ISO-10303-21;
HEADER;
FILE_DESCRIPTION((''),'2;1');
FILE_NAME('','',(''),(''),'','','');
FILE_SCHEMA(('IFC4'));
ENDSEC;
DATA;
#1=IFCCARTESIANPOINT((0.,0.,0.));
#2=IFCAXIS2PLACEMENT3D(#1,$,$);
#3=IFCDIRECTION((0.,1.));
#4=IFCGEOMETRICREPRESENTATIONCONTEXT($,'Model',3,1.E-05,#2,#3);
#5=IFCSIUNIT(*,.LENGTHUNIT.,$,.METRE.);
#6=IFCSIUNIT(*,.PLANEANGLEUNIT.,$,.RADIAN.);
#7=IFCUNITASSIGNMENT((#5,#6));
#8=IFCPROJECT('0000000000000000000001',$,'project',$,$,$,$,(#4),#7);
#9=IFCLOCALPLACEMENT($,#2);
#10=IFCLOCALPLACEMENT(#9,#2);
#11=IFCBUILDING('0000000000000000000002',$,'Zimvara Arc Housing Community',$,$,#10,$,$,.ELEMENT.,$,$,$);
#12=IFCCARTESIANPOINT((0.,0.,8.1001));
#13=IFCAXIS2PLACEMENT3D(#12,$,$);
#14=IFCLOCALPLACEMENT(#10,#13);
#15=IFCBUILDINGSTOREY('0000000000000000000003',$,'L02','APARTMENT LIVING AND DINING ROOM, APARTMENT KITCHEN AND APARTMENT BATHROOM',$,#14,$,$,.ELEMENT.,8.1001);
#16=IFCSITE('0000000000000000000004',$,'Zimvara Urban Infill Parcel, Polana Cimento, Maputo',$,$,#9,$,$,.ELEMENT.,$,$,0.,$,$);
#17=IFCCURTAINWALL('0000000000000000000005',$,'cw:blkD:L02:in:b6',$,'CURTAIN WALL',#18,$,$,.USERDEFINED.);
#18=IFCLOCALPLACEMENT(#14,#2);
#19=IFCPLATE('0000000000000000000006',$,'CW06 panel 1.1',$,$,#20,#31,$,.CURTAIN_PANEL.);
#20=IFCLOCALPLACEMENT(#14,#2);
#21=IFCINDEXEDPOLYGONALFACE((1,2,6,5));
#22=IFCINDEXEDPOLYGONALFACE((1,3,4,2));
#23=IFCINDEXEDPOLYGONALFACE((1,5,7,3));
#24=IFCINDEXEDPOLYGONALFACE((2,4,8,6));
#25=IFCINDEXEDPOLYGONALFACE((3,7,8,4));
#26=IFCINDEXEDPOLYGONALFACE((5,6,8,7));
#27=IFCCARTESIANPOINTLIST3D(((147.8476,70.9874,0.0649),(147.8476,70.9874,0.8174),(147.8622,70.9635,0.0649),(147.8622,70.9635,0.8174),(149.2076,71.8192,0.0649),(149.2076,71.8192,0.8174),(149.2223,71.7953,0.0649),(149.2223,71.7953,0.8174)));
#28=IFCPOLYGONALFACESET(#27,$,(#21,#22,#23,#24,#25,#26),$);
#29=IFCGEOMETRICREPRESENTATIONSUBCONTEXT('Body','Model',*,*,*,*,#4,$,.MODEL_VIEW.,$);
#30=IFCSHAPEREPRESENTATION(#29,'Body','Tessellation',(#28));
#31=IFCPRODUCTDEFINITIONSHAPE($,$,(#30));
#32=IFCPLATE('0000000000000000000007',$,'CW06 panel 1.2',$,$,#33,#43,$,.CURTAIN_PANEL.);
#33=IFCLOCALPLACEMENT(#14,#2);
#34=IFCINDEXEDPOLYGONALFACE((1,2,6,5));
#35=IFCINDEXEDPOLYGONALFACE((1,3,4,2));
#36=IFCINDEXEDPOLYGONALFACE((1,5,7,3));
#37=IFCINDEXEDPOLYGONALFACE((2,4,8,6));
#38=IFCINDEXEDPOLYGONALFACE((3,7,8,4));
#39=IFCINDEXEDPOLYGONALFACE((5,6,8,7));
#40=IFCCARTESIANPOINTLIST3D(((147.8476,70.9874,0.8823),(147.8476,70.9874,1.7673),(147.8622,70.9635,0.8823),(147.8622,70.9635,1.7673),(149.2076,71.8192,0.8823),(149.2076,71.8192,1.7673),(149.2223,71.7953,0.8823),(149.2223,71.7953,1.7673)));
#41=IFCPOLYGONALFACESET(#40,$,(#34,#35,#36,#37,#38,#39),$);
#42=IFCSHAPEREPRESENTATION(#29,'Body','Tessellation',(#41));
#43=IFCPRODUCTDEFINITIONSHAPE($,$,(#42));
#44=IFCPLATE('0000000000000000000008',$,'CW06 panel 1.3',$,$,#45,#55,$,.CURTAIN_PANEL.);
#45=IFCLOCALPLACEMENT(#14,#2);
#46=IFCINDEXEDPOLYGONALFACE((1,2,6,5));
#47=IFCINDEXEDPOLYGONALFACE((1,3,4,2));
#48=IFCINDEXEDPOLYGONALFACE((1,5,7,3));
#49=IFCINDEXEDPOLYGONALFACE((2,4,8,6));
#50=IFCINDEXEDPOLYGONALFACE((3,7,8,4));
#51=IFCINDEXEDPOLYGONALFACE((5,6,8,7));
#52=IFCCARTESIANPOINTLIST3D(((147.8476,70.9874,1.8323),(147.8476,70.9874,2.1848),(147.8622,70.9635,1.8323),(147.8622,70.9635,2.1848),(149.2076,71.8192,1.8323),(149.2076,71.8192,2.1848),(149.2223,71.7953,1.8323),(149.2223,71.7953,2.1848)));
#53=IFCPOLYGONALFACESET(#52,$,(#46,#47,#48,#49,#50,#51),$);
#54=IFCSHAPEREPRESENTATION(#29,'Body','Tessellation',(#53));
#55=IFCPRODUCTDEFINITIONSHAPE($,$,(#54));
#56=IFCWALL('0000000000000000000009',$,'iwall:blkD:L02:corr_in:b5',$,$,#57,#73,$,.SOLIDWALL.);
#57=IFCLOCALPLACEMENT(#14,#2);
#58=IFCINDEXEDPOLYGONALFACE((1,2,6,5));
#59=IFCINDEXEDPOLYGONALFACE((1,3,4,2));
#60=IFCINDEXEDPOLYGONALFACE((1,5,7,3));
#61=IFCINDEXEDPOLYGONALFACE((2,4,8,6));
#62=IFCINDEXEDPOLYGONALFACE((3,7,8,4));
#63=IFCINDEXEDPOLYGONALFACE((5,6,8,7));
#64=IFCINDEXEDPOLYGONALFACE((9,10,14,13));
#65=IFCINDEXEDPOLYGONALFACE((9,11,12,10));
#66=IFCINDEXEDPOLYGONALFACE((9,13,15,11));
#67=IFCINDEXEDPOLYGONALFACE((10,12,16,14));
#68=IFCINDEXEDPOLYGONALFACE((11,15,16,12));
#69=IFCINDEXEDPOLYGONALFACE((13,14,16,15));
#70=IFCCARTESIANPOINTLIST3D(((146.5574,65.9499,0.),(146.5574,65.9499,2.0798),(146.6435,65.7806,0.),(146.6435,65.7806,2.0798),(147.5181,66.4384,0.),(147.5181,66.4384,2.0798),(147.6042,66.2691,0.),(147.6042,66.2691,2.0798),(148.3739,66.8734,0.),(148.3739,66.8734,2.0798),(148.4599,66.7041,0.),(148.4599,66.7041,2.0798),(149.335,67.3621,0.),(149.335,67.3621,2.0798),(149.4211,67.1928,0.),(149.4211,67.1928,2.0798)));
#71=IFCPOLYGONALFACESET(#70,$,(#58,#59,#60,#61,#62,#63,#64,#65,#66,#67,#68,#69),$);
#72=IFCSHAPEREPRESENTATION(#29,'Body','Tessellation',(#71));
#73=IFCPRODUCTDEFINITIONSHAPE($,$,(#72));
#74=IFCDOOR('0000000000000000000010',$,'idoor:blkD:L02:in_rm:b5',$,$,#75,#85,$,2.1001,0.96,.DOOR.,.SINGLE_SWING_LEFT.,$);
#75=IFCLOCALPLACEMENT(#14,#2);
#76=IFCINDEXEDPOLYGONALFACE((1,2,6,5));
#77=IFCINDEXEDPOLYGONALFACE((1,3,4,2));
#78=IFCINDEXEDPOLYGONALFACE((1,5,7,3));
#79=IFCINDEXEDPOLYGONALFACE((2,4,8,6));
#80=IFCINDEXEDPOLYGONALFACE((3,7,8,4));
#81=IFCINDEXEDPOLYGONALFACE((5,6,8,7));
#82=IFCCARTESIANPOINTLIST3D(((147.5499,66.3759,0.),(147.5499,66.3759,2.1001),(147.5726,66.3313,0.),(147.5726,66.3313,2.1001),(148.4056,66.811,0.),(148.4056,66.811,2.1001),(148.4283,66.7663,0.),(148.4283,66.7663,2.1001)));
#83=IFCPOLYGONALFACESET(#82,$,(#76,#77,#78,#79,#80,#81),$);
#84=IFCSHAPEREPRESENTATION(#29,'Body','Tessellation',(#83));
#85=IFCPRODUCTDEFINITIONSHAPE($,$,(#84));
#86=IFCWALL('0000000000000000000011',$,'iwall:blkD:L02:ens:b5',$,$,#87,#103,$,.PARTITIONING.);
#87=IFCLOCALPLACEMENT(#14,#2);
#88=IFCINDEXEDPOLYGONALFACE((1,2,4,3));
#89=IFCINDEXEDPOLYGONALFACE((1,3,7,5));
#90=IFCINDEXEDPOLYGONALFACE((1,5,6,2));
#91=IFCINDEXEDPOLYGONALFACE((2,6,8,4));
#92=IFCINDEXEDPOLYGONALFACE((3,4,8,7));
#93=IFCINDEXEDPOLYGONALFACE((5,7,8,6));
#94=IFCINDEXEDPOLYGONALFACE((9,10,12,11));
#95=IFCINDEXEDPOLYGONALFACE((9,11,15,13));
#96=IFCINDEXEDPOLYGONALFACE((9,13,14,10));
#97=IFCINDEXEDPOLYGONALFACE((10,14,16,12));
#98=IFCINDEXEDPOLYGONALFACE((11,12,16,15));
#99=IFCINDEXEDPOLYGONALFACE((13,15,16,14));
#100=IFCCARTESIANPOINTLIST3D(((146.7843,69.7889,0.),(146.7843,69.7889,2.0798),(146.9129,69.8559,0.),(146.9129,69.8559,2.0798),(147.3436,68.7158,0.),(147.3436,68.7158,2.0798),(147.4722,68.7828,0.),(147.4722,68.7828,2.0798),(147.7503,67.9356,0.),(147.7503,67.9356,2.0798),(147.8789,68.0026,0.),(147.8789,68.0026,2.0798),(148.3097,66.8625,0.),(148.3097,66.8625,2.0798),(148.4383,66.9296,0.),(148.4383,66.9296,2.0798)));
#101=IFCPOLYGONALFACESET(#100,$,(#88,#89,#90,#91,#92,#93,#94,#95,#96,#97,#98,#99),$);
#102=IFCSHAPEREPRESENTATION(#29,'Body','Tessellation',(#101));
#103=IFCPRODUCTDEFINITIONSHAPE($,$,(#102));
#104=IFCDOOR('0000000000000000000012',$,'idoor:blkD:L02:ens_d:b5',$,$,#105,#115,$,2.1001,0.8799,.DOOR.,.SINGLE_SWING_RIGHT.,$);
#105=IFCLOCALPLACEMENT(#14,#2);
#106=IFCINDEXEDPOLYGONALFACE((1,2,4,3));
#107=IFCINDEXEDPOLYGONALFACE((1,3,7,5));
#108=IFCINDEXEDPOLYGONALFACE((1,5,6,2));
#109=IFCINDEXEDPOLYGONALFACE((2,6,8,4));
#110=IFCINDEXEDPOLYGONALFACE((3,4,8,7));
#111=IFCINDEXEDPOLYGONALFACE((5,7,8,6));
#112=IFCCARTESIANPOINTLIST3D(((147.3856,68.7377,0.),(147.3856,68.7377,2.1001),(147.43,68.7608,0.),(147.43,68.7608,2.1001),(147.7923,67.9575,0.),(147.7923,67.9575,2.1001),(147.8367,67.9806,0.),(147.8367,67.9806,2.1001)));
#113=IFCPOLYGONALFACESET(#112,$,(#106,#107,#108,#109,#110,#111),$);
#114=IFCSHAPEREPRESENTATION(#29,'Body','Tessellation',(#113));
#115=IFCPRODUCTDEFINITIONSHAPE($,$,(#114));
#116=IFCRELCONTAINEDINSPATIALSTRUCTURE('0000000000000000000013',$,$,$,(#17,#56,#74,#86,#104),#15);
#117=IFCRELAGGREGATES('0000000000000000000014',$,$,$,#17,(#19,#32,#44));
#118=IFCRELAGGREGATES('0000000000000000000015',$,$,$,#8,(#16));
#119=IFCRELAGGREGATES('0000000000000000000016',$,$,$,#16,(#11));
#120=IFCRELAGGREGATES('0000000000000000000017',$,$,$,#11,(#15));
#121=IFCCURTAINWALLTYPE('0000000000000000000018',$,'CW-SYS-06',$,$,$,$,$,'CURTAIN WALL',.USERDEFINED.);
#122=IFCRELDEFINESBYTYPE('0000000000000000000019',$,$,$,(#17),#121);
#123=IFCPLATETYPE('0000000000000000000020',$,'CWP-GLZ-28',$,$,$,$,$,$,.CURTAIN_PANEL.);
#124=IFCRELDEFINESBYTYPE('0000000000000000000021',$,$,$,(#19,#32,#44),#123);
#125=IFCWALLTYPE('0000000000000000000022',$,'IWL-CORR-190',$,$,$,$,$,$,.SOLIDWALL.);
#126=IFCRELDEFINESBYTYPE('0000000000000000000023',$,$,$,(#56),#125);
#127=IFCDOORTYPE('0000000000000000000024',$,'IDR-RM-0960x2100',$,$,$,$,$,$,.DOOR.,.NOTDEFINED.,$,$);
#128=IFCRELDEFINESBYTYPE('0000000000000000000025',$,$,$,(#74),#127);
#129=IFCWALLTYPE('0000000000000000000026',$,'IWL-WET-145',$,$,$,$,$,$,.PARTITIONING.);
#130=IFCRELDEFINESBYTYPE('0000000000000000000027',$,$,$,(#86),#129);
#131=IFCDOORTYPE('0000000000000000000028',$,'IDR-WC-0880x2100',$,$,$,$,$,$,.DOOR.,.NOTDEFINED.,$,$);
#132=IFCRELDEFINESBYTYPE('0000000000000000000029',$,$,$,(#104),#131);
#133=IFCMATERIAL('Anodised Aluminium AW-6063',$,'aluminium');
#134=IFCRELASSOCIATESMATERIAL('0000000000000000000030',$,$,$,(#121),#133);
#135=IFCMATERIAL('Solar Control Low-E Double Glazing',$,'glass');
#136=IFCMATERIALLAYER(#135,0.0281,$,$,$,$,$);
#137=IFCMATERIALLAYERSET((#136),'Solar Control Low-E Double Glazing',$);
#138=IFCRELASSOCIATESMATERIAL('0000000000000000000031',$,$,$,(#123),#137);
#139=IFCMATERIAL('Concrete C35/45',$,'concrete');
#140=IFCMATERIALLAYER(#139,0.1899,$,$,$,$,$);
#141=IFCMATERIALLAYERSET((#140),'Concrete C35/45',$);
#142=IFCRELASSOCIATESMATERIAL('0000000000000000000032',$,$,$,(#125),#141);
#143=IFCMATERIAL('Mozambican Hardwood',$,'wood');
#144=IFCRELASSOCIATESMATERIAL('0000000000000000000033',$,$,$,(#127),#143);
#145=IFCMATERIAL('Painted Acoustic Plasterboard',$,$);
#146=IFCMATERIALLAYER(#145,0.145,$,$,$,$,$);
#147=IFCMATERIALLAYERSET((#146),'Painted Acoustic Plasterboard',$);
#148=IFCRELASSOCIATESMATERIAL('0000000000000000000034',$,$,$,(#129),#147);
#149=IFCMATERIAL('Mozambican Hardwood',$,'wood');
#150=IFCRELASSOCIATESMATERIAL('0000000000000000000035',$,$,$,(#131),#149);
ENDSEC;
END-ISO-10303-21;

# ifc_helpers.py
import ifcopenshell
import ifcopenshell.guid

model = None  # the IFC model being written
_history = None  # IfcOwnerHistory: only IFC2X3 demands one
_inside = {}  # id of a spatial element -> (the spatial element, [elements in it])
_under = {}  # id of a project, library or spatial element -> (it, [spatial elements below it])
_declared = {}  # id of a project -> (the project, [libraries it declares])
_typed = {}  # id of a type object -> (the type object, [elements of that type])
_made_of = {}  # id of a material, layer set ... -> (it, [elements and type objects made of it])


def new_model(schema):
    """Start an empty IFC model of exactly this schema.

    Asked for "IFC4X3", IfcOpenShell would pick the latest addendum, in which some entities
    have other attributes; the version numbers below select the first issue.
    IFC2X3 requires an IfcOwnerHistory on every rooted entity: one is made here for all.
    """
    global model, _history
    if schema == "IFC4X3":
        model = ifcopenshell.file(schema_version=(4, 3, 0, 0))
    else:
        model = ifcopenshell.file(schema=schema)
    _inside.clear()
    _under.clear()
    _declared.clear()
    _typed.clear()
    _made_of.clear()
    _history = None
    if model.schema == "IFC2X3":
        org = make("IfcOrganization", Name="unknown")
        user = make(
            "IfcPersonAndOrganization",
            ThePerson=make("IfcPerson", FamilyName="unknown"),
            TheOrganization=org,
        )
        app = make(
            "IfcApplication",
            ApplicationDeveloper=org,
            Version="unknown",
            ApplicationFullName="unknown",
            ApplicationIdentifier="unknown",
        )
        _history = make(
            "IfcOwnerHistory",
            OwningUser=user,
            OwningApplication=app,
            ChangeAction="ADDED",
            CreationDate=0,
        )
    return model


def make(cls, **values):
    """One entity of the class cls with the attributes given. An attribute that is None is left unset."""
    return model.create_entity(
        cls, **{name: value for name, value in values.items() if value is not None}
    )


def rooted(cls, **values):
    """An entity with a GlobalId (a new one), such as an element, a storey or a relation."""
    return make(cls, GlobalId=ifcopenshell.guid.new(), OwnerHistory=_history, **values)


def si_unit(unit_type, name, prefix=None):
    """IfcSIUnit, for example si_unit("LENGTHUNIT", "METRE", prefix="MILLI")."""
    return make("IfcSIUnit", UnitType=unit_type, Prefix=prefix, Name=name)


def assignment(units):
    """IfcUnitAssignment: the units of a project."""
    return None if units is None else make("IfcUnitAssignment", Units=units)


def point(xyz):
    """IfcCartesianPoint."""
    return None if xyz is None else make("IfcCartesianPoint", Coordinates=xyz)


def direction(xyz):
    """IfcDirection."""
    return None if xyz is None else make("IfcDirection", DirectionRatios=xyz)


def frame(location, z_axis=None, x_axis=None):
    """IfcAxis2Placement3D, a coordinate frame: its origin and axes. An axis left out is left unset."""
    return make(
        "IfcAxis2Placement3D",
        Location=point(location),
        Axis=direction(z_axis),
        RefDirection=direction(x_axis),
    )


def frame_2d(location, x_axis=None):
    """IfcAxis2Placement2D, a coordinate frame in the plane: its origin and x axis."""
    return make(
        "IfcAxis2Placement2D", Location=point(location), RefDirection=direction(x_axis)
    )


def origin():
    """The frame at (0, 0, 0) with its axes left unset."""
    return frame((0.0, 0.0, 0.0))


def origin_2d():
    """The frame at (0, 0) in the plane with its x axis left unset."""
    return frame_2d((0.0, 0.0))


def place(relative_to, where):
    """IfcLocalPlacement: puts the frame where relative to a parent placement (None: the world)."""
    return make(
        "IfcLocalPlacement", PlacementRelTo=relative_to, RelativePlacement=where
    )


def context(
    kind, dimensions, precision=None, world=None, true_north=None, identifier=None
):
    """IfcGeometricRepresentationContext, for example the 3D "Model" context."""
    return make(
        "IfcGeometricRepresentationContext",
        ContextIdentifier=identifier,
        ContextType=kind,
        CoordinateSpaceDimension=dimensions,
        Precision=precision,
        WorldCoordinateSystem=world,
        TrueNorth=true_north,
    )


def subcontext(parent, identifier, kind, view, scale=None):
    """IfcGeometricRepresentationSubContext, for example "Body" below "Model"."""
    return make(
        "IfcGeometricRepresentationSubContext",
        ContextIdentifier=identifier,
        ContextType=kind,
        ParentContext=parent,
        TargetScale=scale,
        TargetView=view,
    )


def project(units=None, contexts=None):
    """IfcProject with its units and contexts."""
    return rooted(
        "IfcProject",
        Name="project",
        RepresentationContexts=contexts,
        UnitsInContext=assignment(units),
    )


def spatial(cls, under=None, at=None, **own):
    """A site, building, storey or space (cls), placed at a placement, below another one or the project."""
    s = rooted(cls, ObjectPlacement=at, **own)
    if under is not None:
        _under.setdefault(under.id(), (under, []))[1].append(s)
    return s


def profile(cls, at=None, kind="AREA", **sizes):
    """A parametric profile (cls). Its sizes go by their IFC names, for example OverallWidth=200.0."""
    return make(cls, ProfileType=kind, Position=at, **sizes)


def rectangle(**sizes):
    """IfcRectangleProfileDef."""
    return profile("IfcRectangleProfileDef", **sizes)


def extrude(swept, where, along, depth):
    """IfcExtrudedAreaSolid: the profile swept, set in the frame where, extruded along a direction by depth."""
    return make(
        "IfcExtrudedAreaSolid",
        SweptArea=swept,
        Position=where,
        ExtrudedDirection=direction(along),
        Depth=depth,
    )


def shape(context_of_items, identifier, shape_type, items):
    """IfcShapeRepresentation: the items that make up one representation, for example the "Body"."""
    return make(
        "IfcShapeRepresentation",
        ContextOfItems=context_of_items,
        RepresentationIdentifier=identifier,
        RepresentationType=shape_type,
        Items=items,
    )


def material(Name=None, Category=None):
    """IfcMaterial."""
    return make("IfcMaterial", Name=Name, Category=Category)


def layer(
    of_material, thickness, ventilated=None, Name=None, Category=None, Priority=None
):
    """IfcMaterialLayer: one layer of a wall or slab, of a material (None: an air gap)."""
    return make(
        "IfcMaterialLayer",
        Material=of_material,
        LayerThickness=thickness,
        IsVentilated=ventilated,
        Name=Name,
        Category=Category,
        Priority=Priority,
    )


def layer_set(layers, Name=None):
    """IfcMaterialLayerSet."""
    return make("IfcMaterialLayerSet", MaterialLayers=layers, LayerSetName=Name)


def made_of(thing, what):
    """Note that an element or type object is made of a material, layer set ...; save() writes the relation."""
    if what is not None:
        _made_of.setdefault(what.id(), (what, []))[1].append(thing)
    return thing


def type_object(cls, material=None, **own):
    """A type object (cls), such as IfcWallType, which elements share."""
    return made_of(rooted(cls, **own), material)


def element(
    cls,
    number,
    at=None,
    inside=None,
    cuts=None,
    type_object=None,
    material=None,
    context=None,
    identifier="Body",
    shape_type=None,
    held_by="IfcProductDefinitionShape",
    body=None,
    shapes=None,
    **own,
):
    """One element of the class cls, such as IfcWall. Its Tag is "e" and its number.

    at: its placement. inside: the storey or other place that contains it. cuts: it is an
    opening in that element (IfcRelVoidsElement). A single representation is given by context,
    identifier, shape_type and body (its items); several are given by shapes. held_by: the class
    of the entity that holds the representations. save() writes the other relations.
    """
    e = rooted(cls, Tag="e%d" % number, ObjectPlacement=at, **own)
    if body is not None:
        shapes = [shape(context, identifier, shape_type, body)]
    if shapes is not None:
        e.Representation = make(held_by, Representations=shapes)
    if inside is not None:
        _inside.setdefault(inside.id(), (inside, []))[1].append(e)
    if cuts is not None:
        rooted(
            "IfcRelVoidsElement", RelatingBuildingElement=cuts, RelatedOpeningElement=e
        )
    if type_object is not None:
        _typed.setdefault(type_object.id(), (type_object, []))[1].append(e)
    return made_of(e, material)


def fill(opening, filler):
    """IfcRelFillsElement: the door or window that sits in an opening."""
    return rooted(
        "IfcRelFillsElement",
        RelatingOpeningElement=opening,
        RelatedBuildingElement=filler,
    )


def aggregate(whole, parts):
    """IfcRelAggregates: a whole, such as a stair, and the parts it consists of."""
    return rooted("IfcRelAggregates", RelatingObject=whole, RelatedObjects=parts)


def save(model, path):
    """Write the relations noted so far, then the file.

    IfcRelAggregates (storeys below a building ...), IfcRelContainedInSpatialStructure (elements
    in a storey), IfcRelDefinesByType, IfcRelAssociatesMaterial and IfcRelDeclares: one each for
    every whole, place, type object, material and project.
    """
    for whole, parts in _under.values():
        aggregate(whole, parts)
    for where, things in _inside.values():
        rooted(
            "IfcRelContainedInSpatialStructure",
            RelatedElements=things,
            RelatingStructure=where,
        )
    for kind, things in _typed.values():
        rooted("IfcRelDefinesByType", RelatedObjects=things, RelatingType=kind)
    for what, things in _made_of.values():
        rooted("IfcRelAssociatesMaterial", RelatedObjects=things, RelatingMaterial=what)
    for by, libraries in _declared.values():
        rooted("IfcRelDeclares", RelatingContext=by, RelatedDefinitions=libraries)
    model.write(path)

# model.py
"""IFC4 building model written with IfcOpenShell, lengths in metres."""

from ifc_helpers import new_model, si_unit, direction, frame, frame_2d, origin, origin_2d, place, context, subcontext, project, spatial, rectangle, extrude, material, layer, layer_set, type_object, element, fill, aggregate, save


model = new_model("IFC4")

# Units and contexts
model_context = context("Model", 3, precision=1e-05, world=origin(), true_north=direction((0.0, 1.0)))
body_context = subcontext(model_context, "Body", "Model", "MODEL_VIEW")
ifc_project = project(units=[si_unit("LENGTHUNIT", "METRE"), si_unit("PLANEANGLEUNIT", "RADIAN")], contexts=[model_context])

# Site, building, storey
site_placement = place(None, origin())
site = spatial("IfcSite", under=ifc_project, at=site_placement, Name="Zimvara Urban Infill Parcel, Polana Cimento, Maputo", CompositionType="ELEMENT", RefElevation=0.0)
building_placement = place(site_placement, origin())
building = spatial("IfcBuilding", under=site, at=building_placement, Name="Zimvara Arc Housing Community", CompositionType="ELEMENT")
storey_placement = place(building_placement, frame((0.0, 0.0, 8.1001)))
storey = spatial("IfcBuildingStorey", under=building, at=storey_placement, Name="L02", Description="APARTMENT LIVING AND DINING ROOM, APARTMENT KITCHEN AND APARTMENT BATHROOM", CompositionType="ELEMENT", Elevation=8.1001)

# Curtain wall
ifc_material_1 = material(Name="Anodised Aluminium AW-6063", Category="aluminium")
curtain_wall_type_1 = type_object("IfcCurtainWallType", Name="CW-SYS-06", ElementType="CURTAIN WALL", PredefinedType="USERDEFINED", material=ifc_material_1)
curtain_wall_1_placement = place(storey_placement, origin())
curtain_wall_1 = element("IfcCurtainWall", 1, at=curtain_wall_1_placement, inside=storey, type_object=curtain_wall_type_1, Name="cw:blkD:L02:in:b6", ObjectType="CURTAIN WALL", PredefinedType="USERDEFINED")

# Plates
ifc_material_2 = material(Name="Solar Control Low-E Double Glazing", Category="glass")
ifc_layer_1 = layer(ifc_material_2, 0.0281)
ifc_layer_set_1 = layer_set([ifc_layer_1], Name="Solar Control Low-E Double Glazing")
plate_type_1 = type_object("IfcPlateType", Name="CWP-GLZ-28", PredefinedType="CURTAIN_PANEL", material=ifc_layer_set_1)
plate_1_placement = place(storey_placement, frame((148.5349, 71.3914, 0.0649), z_axis=(0.0, 0.0, 1.0), x_axis=(0.853096, 0.521754, 0.0)))
plate_1 = element("IfcPlate", 2, at=plate_1_placement, type_object=plate_type_1, Name="CW06 panel 1.1", PredefinedType="CURTAIN_PANEL", context=body_context, shape_type="SweptSolid", body=[
    extrude(rectangle(XDim=1.5942, YDim=0.0281, at=origin_2d()), origin(), (0.0, 0.0, 1.0), 0.7524),
])
plate_2_placement = place(storey_placement, frame((148.5349, 71.3914, 0.8823), z_axis=(0.0, 0.0, 1.0), x_axis=(0.853096, 0.521754, 0.0)))
plate_2 = element("IfcPlate", 3, at=plate_2_placement, type_object=plate_type_1, Name="CW06 panel 1.2", PredefinedType="CURTAIN_PANEL", context=body_context, shape_type="SweptSolid", body=[
    extrude(rectangle(XDim=1.5942, YDim=0.0281, at=origin_2d()), origin(), (0.0, 0.0, 1.0), 0.885),
])
plate_3_placement = place(storey_placement, frame((148.5349, 71.3914, 1.8323), z_axis=(0.0, 0.0, 1.0), x_axis=(0.853096, 0.521754, 0.0)))
plate_3 = element("IfcPlate", 4, at=plate_3_placement, type_object=plate_type_1, Name="CW06 panel 1.3", PredefinedType="CURTAIN_PANEL", context=body_context, shape_type="SweptSolid", body=[
    extrude(rectangle(XDim=1.5942, YDim=0.0281, at=origin_2d()), origin(), (0.0, 0.0, 1.0), 0.3525),
])
aggregate(curtain_wall_1, [plate_1, plate_2, plate_3])

# Walls, openings, doors
ifc_material_3 = material(Name="Concrete C35/45", Category="concrete")
ifc_layer_2 = layer(ifc_material_3, 0.1899)
ifc_layer_set_2 = layer_set([ifc_layer_2], Name="Concrete C35/45")
wall_type_1 = type_object("IfcWallType", Name="IWL-CORR-190", PredefinedType="SOLIDWALL", material=ifc_layer_set_2)
wall_1_placement = place(storey_placement, frame((146.6003, 65.8652, 0.0), z_axis=(0.0, 0.0, 1.0), x_axis=(0.891414, 0.45319, 0.0)))
wall_1 = element("IfcWall", 5, at=wall_1_placement, inside=storey, type_object=wall_type_1, Name="iwall:blkD:L02:corr_in:b5", PredefinedType="SOLIDWALL", context=body_context, shape_type="SweptSolid", body=[
    extrude(rectangle(XDim=3.116, YDim=0.1899, at=frame_2d((1.5581, 0.0))), origin(), (0.0, 0.0, 1.0), 2.0798),
])
opening_1_placement = place(wall_1_placement, frame((1.0779, 0.0, 0.0)))
opening_1 = element("IfcOpeningElement", 6, at=opening_1_placement, cuts=wall_1, PredefinedType="OPENING", context=body_context, shape_type="SweptSolid", body=[
    extrude(rectangle(XDim=0.96, YDim=2.1001, at=frame_2d((0.48, 1.05))), frame((0.0, 0.105, 0.0), z_axis=(0.0, -1.0, 0.0), x_axis=(1.0, 0.0, 0.0)), (0.0, 0.0, 1.0), 0.21),
])
ifc_material_4 = material(Name="Mozambican Hardwood", Category="wood")
door_type_1 = type_object("IfcDoorType", Name="IDR-RM-0960x2100", OperationType="NOTDEFINED", PredefinedType="DOOR", material=ifc_material_4)
door_1_placement = place(opening_1_placement, origin())
door_1 = element("IfcDoor", 7, at=door_1_placement, inside=storey, type_object=door_type_1, Name="idoor:blkD:L02:in_rm:b5", OperationType="SINGLE_SWING_LEFT", OverallHeight=2.1001, OverallWidth=0.96, PredefinedType="DOOR", context=body_context, shape_type="SweptSolid", body=[
    extrude(rectangle(XDim=0.96, YDim=2.1001, at=frame_2d((0.48, 1.05))), frame((0.0, 0.0249, 0.0), z_axis=(0.0, -1.0, 0.0), x_axis=(1.0, 0.0, 0.0)), (0.0, 0.0, 1.0), 0.05),
])
fill(opening_1, door_1)
ifc_material_5 = material(Name="Painted Acoustic Plasterboard")
ifc_layer_3 = layer(ifc_material_5, 0.145)
ifc_layer_set_3 = layer_set([ifc_layer_3], Name="Painted Acoustic Plasterboard")
wall_type_2 = type_object("IfcWallType", Name="IWL-WET-145", PredefinedType="PARTITIONING", material=ifc_layer_set_3)
wall_2_placement = place(storey_placement, frame((146.8486, 69.8223, 0.0), z_axis=(0.0, 0.0, 1.0), x_axis=(0.462242, -0.886754, 0.0)))
wall_2 = element("IfcWall", 8, at=wall_2_placement, inside=storey, type_object=wall_type_2, Name="iwall:blkD:L02:ens:b5", PredefinedType="PARTITIONING", context=body_context, shape_type="SweptSolid", body=[
    extrude(rectangle(XDim=3.3, YDim=0.145, at=frame_2d((1.6499, 0.0))), origin(), (0.0, 0.0, 1.0), 2.0798),
])
opening_2_placement = place(wall_2_placement, frame((1.21, 0.0, 0.0)))
opening_2 = element("IfcOpeningElement", 9, at=opening_2_placement, cuts=wall_2, PredefinedType="OPENING", context=body_context, shape_type="SweptSolid", body=[
    extrude(rectangle(XDim=0.8799, YDim=2.1001, at=frame_2d((0.4399, 1.05))), frame((0.0, 0.0825, 0.0), z_axis=(0.0, -1.0, 0.0), x_axis=(1.0, 0.0, 0.0)), (0.0, 0.0, 1.0), 0.165),
])
ifc_material_6 = material(Name="Mozambican Hardwood", Category="wood")
door_type_2 = type_object("IfcDoorType", Name="IDR-WC-0880x2100", OperationType="NOTDEFINED", PredefinedType="DOOR", material=ifc_material_6)
door_2_placement = place(opening_2_placement, origin())
door_2 = element("IfcDoor", 10, at=door_2_placement, inside=storey, type_object=door_type_2, Name="idoor:blkD:L02:ens_d:b5", OperationType="SINGLE_SWING_RIGHT", OverallHeight=2.1001, OverallWidth=0.8799, PredefinedType="DOOR", context=body_context, shape_type="SweptSolid", body=[
    extrude(rectangle(XDim=0.8799, YDim=2.1001, at=frame_2d((0.4399, 1.05))), frame((0.0, 0.0249, 0.0), z_axis=(0.0, -1.0, 0.0), x_axis=(1.0, 0.0, 0.0)), (0.0, 0.0, 1.0), 0.05),
])
fill(opening_2, door_2)

save(model, "model.ifc")
